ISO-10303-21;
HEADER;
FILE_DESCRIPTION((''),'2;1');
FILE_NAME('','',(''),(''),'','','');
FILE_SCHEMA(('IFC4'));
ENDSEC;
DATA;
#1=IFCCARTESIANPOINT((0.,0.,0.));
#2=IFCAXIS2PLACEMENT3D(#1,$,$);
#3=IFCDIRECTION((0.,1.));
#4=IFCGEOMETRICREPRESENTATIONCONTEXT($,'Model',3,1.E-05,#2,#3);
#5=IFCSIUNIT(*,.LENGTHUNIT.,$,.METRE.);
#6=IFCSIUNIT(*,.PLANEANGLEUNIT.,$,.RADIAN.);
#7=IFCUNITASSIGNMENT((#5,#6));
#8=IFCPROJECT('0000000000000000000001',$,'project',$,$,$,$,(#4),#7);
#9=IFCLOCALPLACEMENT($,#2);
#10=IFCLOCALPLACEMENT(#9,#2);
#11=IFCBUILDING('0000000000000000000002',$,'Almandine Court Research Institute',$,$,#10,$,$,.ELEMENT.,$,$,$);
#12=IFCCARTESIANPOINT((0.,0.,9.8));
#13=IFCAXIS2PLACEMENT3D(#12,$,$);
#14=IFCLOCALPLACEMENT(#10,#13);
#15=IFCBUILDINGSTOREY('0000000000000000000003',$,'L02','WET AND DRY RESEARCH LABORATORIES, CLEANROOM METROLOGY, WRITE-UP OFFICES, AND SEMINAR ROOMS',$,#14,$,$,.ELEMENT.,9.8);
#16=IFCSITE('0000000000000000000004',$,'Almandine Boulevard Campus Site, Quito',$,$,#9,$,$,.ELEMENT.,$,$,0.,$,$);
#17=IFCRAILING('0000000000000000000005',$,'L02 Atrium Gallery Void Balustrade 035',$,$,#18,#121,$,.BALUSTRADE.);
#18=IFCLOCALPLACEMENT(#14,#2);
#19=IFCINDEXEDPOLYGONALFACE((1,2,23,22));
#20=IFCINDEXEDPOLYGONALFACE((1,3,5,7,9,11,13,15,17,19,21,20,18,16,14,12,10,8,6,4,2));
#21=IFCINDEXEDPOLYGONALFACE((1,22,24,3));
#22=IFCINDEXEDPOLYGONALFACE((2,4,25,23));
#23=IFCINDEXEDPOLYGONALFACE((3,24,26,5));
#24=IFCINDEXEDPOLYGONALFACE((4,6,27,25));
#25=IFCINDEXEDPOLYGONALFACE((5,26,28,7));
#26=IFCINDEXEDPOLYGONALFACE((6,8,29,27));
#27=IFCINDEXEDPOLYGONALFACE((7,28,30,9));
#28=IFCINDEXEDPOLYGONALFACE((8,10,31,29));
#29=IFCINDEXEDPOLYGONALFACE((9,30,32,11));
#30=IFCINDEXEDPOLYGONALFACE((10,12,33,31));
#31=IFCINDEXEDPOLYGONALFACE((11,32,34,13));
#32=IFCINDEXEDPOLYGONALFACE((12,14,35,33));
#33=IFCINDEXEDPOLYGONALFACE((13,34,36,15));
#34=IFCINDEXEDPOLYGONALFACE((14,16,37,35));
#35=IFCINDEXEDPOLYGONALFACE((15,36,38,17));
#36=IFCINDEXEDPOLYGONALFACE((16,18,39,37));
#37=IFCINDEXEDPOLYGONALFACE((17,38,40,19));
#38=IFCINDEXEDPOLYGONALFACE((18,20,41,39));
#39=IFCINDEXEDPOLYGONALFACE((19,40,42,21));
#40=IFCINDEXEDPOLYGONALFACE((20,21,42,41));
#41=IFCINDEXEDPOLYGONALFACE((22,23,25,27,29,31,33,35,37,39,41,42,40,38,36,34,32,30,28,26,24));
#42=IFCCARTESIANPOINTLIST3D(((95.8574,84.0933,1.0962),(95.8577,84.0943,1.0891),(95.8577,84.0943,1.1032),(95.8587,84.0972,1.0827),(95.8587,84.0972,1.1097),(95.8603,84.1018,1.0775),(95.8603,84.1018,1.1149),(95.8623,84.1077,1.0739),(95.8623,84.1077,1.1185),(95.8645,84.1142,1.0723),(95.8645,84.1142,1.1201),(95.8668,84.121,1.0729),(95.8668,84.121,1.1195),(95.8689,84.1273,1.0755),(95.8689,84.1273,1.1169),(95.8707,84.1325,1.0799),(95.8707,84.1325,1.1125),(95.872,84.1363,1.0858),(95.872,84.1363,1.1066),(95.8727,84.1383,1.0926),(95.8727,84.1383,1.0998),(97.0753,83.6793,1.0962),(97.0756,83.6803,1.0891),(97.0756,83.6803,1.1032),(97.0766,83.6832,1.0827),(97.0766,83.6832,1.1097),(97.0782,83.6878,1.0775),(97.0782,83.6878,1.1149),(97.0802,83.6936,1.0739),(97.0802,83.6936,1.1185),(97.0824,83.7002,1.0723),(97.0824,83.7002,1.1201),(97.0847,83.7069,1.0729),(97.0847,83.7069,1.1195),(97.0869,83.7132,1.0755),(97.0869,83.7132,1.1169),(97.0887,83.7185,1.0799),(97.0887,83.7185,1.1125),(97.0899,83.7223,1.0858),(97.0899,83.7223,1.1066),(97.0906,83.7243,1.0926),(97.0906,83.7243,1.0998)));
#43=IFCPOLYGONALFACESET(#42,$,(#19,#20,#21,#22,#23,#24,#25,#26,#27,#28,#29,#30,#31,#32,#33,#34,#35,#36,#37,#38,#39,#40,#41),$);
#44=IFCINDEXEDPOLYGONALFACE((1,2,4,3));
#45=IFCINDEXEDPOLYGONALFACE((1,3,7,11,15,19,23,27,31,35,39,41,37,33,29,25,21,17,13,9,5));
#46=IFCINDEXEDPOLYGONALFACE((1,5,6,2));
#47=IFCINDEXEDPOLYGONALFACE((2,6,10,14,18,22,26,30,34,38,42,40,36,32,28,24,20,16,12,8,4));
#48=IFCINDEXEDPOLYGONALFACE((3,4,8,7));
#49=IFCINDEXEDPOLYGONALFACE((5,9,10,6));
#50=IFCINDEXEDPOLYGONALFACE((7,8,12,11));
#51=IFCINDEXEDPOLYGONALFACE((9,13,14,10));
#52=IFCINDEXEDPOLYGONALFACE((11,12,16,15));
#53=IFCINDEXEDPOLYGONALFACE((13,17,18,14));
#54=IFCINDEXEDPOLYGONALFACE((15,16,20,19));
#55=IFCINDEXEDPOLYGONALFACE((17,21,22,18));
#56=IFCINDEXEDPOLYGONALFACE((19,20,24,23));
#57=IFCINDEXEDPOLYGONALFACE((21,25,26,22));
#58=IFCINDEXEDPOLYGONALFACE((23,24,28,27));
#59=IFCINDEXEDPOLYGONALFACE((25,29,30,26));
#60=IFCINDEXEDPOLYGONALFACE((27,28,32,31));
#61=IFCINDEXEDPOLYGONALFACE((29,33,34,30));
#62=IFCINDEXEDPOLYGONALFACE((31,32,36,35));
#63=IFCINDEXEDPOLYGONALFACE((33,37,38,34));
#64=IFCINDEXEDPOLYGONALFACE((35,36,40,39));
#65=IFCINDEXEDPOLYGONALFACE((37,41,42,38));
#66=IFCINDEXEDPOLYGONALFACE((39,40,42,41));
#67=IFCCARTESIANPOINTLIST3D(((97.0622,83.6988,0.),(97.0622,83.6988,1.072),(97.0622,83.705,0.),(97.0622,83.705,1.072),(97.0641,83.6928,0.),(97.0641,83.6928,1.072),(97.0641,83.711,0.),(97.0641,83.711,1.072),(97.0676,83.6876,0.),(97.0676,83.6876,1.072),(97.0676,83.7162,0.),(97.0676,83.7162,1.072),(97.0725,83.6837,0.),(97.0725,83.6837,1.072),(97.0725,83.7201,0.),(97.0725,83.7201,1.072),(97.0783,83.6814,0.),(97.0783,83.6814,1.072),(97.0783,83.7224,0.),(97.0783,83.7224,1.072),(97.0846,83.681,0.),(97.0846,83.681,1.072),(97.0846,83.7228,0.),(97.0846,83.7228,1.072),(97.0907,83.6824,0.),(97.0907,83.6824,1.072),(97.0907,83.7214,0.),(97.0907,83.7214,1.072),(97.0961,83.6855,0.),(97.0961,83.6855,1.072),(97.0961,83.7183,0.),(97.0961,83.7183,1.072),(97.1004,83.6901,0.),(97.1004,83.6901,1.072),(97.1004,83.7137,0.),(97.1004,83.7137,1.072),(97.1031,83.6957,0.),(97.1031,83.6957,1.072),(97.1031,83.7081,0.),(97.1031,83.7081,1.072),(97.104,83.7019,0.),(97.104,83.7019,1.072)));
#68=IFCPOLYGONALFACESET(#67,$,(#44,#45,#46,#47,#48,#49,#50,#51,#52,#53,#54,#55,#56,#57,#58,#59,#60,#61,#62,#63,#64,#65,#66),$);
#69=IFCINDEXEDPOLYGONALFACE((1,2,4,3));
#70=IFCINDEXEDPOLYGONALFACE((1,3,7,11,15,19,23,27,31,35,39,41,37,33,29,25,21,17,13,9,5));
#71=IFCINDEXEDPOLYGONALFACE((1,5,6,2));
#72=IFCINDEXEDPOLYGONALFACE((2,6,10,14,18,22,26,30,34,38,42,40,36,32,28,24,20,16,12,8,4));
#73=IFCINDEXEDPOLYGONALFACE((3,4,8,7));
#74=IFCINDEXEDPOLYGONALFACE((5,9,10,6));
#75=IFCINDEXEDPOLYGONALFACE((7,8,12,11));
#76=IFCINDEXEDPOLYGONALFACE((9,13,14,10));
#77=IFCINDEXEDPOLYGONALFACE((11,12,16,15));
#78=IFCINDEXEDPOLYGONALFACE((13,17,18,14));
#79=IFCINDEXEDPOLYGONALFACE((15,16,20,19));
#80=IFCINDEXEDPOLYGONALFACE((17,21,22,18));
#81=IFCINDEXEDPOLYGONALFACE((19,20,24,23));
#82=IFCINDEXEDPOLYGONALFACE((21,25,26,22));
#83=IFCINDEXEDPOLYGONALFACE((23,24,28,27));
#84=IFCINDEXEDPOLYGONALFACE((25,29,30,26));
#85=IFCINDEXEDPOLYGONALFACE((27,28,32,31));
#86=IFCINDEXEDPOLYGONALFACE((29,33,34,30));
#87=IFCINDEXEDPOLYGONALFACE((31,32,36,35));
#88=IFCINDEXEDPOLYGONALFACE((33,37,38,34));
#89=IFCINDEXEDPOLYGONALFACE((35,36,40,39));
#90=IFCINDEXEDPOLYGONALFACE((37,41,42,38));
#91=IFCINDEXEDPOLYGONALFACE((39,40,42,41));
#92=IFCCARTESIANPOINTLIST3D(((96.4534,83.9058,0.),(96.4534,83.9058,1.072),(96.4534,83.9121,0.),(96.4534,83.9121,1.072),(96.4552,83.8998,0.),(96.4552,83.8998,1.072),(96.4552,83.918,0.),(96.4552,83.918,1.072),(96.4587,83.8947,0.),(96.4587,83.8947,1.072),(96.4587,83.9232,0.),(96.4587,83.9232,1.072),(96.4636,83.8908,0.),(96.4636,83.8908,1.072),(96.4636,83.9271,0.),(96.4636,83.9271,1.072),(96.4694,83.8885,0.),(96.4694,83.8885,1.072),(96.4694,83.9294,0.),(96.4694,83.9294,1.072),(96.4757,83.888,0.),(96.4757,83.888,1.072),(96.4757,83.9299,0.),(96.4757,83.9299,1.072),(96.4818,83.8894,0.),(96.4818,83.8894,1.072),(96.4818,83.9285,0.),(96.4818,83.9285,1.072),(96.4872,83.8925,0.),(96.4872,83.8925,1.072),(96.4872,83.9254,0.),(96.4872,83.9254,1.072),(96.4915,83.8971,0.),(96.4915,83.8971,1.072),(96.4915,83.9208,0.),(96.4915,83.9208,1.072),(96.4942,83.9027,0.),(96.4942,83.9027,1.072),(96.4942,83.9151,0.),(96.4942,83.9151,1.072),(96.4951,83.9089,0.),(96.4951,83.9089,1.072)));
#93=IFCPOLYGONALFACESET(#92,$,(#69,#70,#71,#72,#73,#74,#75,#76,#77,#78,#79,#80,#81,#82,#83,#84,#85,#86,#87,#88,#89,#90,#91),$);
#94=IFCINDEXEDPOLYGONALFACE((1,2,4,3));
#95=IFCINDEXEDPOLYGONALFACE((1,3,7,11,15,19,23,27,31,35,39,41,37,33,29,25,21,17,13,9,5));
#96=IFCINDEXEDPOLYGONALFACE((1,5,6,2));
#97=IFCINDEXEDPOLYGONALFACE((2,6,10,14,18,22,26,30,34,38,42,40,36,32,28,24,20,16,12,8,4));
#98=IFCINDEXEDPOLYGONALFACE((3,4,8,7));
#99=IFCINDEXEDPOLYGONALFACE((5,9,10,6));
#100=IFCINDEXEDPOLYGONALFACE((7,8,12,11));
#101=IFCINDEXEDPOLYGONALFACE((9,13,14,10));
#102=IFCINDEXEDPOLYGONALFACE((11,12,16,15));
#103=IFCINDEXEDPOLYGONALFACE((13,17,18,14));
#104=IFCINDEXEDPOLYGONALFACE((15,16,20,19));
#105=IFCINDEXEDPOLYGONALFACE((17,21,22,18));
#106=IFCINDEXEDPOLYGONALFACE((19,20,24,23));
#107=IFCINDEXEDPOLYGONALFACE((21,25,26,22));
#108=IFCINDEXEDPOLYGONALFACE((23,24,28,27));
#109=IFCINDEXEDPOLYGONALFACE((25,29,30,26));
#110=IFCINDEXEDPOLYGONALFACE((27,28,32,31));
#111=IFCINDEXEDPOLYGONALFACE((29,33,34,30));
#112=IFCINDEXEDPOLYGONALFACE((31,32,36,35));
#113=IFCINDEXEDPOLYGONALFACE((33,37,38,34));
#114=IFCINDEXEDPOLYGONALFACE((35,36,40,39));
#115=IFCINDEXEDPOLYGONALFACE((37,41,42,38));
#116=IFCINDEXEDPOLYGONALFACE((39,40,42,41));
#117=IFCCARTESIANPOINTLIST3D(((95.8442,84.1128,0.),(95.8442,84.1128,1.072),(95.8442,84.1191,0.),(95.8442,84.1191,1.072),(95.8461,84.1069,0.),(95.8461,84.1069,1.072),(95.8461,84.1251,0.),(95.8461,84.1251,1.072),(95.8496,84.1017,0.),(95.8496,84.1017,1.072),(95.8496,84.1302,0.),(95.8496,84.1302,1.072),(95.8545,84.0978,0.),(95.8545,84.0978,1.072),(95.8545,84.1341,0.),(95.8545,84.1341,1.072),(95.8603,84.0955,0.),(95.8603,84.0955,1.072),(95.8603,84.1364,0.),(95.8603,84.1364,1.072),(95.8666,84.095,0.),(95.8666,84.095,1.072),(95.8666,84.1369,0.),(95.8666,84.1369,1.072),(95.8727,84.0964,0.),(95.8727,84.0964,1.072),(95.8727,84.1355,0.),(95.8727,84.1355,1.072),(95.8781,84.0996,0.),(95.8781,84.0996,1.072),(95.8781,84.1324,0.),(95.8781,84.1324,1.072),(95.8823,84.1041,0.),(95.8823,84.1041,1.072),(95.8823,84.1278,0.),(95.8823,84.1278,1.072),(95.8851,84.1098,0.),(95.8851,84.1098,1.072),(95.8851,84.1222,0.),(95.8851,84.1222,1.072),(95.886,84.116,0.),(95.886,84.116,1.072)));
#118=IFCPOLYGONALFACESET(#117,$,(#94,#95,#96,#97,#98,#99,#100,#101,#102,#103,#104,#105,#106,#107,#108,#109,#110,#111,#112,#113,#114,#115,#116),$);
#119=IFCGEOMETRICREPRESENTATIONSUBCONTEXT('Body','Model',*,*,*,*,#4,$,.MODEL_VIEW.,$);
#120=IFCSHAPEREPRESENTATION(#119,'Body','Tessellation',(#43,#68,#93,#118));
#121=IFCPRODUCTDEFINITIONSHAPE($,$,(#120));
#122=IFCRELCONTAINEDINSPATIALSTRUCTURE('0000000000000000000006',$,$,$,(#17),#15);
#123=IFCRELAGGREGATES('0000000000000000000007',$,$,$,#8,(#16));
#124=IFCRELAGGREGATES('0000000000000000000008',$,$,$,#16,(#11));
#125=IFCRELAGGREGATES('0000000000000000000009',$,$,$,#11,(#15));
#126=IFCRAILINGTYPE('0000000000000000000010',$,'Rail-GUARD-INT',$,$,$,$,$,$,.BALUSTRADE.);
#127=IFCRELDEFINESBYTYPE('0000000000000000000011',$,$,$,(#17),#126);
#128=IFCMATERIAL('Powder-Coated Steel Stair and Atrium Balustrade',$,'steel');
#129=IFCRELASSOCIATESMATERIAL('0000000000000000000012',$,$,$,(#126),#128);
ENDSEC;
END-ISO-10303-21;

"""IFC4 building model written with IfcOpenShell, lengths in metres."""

from ifc_helpers import new_model, si_unit, direction, frame, origin, origin_2d, place, context, subcontext, project, spatial, circle, extrude, material, type_object, element, save


model = new_model("IFC4")

# Units and contexts
model_context = context("Model", 3, precision=1e-05, world=origin(), true_north=direction((0.0, 1.0)))
body_context = subcontext(model_context, "Body", "Model", "MODEL_VIEW")
ifc_project = project(units=[si_unit("LENGTHUNIT", "METRE"), si_unit("PLANEANGLEUNIT", "RADIAN")], contexts=[model_context])

# Site, building, storey
site_placement = place(None, origin())
site = spatial("IfcSite", under=ifc_project, at=site_placement, Name="Almandine Boulevard Campus Site, Quito", CompositionType="ELEMENT", RefElevation=0.0)
building_placement = place(site_placement, origin())
building = spatial("IfcBuilding", under=site, at=building_placement, Name="Almandine Court Research Institute", CompositionType="ELEMENT")
storey_placement = place(building_placement, frame((0.0, 0.0, 9.8)))
storey = spatial("IfcBuildingStorey", under=building, at=storey_placement, Name="L02", Description="WET AND DRY RESEARCH LABORATORIES, CLEANROOM METROLOGY, WRITE-UP OFFICES, AND SEMINAR ROOMS", CompositionType="ELEMENT", Elevation=9.8)

# Railing
ifc_material_1 = material(Name="Powder-Coated Steel Stair and Atrium Balustrade", Category="steel")
railing_type = type_object("IfcRailingType", Name="Rail-GUARD-INT", PredefinedType="BALUSTRADE", material=ifc_material_1)
railing_1_placement = place(storey_placement, frame((97.083, 83.7019, 0.0)))
element("IfcRailing", 1, at=railing_1_placement, inside=storey, type_object=railing_type, Name="L02 Atrium Gallery Void Balustrade 035", PredefinedType="BALUSTRADE", context=body_context, shape_type="SweptSolid", body=[
    extrude(circle(Radius=0.0239, at=origin_2d()), frame((0.0, 0.0, 1.0962), z_axis=(-0.946788, 0.321859, 0.0), x_axis=(-0.321859, -0.946788, 0.0)), (0.0, 0.0, 1.0), 1.2864),
    extrude(circle(Radius=0.021, at=origin_2d()), origin(), (0.0, 0.0, 1.0), 1.072),
    extrude(circle(Radius=0.021, at=origin_2d()), frame((-0.6089, 0.207, 0.0)), (0.0, 0.0, 1.0), 1.072),
    extrude(circle(Radius=0.021, at=origin_2d()), frame((-1.218, 0.4141, 0.0)), (0.0, 0.0, 1.0), 1.072),
])

save(model, "model.ifc")
